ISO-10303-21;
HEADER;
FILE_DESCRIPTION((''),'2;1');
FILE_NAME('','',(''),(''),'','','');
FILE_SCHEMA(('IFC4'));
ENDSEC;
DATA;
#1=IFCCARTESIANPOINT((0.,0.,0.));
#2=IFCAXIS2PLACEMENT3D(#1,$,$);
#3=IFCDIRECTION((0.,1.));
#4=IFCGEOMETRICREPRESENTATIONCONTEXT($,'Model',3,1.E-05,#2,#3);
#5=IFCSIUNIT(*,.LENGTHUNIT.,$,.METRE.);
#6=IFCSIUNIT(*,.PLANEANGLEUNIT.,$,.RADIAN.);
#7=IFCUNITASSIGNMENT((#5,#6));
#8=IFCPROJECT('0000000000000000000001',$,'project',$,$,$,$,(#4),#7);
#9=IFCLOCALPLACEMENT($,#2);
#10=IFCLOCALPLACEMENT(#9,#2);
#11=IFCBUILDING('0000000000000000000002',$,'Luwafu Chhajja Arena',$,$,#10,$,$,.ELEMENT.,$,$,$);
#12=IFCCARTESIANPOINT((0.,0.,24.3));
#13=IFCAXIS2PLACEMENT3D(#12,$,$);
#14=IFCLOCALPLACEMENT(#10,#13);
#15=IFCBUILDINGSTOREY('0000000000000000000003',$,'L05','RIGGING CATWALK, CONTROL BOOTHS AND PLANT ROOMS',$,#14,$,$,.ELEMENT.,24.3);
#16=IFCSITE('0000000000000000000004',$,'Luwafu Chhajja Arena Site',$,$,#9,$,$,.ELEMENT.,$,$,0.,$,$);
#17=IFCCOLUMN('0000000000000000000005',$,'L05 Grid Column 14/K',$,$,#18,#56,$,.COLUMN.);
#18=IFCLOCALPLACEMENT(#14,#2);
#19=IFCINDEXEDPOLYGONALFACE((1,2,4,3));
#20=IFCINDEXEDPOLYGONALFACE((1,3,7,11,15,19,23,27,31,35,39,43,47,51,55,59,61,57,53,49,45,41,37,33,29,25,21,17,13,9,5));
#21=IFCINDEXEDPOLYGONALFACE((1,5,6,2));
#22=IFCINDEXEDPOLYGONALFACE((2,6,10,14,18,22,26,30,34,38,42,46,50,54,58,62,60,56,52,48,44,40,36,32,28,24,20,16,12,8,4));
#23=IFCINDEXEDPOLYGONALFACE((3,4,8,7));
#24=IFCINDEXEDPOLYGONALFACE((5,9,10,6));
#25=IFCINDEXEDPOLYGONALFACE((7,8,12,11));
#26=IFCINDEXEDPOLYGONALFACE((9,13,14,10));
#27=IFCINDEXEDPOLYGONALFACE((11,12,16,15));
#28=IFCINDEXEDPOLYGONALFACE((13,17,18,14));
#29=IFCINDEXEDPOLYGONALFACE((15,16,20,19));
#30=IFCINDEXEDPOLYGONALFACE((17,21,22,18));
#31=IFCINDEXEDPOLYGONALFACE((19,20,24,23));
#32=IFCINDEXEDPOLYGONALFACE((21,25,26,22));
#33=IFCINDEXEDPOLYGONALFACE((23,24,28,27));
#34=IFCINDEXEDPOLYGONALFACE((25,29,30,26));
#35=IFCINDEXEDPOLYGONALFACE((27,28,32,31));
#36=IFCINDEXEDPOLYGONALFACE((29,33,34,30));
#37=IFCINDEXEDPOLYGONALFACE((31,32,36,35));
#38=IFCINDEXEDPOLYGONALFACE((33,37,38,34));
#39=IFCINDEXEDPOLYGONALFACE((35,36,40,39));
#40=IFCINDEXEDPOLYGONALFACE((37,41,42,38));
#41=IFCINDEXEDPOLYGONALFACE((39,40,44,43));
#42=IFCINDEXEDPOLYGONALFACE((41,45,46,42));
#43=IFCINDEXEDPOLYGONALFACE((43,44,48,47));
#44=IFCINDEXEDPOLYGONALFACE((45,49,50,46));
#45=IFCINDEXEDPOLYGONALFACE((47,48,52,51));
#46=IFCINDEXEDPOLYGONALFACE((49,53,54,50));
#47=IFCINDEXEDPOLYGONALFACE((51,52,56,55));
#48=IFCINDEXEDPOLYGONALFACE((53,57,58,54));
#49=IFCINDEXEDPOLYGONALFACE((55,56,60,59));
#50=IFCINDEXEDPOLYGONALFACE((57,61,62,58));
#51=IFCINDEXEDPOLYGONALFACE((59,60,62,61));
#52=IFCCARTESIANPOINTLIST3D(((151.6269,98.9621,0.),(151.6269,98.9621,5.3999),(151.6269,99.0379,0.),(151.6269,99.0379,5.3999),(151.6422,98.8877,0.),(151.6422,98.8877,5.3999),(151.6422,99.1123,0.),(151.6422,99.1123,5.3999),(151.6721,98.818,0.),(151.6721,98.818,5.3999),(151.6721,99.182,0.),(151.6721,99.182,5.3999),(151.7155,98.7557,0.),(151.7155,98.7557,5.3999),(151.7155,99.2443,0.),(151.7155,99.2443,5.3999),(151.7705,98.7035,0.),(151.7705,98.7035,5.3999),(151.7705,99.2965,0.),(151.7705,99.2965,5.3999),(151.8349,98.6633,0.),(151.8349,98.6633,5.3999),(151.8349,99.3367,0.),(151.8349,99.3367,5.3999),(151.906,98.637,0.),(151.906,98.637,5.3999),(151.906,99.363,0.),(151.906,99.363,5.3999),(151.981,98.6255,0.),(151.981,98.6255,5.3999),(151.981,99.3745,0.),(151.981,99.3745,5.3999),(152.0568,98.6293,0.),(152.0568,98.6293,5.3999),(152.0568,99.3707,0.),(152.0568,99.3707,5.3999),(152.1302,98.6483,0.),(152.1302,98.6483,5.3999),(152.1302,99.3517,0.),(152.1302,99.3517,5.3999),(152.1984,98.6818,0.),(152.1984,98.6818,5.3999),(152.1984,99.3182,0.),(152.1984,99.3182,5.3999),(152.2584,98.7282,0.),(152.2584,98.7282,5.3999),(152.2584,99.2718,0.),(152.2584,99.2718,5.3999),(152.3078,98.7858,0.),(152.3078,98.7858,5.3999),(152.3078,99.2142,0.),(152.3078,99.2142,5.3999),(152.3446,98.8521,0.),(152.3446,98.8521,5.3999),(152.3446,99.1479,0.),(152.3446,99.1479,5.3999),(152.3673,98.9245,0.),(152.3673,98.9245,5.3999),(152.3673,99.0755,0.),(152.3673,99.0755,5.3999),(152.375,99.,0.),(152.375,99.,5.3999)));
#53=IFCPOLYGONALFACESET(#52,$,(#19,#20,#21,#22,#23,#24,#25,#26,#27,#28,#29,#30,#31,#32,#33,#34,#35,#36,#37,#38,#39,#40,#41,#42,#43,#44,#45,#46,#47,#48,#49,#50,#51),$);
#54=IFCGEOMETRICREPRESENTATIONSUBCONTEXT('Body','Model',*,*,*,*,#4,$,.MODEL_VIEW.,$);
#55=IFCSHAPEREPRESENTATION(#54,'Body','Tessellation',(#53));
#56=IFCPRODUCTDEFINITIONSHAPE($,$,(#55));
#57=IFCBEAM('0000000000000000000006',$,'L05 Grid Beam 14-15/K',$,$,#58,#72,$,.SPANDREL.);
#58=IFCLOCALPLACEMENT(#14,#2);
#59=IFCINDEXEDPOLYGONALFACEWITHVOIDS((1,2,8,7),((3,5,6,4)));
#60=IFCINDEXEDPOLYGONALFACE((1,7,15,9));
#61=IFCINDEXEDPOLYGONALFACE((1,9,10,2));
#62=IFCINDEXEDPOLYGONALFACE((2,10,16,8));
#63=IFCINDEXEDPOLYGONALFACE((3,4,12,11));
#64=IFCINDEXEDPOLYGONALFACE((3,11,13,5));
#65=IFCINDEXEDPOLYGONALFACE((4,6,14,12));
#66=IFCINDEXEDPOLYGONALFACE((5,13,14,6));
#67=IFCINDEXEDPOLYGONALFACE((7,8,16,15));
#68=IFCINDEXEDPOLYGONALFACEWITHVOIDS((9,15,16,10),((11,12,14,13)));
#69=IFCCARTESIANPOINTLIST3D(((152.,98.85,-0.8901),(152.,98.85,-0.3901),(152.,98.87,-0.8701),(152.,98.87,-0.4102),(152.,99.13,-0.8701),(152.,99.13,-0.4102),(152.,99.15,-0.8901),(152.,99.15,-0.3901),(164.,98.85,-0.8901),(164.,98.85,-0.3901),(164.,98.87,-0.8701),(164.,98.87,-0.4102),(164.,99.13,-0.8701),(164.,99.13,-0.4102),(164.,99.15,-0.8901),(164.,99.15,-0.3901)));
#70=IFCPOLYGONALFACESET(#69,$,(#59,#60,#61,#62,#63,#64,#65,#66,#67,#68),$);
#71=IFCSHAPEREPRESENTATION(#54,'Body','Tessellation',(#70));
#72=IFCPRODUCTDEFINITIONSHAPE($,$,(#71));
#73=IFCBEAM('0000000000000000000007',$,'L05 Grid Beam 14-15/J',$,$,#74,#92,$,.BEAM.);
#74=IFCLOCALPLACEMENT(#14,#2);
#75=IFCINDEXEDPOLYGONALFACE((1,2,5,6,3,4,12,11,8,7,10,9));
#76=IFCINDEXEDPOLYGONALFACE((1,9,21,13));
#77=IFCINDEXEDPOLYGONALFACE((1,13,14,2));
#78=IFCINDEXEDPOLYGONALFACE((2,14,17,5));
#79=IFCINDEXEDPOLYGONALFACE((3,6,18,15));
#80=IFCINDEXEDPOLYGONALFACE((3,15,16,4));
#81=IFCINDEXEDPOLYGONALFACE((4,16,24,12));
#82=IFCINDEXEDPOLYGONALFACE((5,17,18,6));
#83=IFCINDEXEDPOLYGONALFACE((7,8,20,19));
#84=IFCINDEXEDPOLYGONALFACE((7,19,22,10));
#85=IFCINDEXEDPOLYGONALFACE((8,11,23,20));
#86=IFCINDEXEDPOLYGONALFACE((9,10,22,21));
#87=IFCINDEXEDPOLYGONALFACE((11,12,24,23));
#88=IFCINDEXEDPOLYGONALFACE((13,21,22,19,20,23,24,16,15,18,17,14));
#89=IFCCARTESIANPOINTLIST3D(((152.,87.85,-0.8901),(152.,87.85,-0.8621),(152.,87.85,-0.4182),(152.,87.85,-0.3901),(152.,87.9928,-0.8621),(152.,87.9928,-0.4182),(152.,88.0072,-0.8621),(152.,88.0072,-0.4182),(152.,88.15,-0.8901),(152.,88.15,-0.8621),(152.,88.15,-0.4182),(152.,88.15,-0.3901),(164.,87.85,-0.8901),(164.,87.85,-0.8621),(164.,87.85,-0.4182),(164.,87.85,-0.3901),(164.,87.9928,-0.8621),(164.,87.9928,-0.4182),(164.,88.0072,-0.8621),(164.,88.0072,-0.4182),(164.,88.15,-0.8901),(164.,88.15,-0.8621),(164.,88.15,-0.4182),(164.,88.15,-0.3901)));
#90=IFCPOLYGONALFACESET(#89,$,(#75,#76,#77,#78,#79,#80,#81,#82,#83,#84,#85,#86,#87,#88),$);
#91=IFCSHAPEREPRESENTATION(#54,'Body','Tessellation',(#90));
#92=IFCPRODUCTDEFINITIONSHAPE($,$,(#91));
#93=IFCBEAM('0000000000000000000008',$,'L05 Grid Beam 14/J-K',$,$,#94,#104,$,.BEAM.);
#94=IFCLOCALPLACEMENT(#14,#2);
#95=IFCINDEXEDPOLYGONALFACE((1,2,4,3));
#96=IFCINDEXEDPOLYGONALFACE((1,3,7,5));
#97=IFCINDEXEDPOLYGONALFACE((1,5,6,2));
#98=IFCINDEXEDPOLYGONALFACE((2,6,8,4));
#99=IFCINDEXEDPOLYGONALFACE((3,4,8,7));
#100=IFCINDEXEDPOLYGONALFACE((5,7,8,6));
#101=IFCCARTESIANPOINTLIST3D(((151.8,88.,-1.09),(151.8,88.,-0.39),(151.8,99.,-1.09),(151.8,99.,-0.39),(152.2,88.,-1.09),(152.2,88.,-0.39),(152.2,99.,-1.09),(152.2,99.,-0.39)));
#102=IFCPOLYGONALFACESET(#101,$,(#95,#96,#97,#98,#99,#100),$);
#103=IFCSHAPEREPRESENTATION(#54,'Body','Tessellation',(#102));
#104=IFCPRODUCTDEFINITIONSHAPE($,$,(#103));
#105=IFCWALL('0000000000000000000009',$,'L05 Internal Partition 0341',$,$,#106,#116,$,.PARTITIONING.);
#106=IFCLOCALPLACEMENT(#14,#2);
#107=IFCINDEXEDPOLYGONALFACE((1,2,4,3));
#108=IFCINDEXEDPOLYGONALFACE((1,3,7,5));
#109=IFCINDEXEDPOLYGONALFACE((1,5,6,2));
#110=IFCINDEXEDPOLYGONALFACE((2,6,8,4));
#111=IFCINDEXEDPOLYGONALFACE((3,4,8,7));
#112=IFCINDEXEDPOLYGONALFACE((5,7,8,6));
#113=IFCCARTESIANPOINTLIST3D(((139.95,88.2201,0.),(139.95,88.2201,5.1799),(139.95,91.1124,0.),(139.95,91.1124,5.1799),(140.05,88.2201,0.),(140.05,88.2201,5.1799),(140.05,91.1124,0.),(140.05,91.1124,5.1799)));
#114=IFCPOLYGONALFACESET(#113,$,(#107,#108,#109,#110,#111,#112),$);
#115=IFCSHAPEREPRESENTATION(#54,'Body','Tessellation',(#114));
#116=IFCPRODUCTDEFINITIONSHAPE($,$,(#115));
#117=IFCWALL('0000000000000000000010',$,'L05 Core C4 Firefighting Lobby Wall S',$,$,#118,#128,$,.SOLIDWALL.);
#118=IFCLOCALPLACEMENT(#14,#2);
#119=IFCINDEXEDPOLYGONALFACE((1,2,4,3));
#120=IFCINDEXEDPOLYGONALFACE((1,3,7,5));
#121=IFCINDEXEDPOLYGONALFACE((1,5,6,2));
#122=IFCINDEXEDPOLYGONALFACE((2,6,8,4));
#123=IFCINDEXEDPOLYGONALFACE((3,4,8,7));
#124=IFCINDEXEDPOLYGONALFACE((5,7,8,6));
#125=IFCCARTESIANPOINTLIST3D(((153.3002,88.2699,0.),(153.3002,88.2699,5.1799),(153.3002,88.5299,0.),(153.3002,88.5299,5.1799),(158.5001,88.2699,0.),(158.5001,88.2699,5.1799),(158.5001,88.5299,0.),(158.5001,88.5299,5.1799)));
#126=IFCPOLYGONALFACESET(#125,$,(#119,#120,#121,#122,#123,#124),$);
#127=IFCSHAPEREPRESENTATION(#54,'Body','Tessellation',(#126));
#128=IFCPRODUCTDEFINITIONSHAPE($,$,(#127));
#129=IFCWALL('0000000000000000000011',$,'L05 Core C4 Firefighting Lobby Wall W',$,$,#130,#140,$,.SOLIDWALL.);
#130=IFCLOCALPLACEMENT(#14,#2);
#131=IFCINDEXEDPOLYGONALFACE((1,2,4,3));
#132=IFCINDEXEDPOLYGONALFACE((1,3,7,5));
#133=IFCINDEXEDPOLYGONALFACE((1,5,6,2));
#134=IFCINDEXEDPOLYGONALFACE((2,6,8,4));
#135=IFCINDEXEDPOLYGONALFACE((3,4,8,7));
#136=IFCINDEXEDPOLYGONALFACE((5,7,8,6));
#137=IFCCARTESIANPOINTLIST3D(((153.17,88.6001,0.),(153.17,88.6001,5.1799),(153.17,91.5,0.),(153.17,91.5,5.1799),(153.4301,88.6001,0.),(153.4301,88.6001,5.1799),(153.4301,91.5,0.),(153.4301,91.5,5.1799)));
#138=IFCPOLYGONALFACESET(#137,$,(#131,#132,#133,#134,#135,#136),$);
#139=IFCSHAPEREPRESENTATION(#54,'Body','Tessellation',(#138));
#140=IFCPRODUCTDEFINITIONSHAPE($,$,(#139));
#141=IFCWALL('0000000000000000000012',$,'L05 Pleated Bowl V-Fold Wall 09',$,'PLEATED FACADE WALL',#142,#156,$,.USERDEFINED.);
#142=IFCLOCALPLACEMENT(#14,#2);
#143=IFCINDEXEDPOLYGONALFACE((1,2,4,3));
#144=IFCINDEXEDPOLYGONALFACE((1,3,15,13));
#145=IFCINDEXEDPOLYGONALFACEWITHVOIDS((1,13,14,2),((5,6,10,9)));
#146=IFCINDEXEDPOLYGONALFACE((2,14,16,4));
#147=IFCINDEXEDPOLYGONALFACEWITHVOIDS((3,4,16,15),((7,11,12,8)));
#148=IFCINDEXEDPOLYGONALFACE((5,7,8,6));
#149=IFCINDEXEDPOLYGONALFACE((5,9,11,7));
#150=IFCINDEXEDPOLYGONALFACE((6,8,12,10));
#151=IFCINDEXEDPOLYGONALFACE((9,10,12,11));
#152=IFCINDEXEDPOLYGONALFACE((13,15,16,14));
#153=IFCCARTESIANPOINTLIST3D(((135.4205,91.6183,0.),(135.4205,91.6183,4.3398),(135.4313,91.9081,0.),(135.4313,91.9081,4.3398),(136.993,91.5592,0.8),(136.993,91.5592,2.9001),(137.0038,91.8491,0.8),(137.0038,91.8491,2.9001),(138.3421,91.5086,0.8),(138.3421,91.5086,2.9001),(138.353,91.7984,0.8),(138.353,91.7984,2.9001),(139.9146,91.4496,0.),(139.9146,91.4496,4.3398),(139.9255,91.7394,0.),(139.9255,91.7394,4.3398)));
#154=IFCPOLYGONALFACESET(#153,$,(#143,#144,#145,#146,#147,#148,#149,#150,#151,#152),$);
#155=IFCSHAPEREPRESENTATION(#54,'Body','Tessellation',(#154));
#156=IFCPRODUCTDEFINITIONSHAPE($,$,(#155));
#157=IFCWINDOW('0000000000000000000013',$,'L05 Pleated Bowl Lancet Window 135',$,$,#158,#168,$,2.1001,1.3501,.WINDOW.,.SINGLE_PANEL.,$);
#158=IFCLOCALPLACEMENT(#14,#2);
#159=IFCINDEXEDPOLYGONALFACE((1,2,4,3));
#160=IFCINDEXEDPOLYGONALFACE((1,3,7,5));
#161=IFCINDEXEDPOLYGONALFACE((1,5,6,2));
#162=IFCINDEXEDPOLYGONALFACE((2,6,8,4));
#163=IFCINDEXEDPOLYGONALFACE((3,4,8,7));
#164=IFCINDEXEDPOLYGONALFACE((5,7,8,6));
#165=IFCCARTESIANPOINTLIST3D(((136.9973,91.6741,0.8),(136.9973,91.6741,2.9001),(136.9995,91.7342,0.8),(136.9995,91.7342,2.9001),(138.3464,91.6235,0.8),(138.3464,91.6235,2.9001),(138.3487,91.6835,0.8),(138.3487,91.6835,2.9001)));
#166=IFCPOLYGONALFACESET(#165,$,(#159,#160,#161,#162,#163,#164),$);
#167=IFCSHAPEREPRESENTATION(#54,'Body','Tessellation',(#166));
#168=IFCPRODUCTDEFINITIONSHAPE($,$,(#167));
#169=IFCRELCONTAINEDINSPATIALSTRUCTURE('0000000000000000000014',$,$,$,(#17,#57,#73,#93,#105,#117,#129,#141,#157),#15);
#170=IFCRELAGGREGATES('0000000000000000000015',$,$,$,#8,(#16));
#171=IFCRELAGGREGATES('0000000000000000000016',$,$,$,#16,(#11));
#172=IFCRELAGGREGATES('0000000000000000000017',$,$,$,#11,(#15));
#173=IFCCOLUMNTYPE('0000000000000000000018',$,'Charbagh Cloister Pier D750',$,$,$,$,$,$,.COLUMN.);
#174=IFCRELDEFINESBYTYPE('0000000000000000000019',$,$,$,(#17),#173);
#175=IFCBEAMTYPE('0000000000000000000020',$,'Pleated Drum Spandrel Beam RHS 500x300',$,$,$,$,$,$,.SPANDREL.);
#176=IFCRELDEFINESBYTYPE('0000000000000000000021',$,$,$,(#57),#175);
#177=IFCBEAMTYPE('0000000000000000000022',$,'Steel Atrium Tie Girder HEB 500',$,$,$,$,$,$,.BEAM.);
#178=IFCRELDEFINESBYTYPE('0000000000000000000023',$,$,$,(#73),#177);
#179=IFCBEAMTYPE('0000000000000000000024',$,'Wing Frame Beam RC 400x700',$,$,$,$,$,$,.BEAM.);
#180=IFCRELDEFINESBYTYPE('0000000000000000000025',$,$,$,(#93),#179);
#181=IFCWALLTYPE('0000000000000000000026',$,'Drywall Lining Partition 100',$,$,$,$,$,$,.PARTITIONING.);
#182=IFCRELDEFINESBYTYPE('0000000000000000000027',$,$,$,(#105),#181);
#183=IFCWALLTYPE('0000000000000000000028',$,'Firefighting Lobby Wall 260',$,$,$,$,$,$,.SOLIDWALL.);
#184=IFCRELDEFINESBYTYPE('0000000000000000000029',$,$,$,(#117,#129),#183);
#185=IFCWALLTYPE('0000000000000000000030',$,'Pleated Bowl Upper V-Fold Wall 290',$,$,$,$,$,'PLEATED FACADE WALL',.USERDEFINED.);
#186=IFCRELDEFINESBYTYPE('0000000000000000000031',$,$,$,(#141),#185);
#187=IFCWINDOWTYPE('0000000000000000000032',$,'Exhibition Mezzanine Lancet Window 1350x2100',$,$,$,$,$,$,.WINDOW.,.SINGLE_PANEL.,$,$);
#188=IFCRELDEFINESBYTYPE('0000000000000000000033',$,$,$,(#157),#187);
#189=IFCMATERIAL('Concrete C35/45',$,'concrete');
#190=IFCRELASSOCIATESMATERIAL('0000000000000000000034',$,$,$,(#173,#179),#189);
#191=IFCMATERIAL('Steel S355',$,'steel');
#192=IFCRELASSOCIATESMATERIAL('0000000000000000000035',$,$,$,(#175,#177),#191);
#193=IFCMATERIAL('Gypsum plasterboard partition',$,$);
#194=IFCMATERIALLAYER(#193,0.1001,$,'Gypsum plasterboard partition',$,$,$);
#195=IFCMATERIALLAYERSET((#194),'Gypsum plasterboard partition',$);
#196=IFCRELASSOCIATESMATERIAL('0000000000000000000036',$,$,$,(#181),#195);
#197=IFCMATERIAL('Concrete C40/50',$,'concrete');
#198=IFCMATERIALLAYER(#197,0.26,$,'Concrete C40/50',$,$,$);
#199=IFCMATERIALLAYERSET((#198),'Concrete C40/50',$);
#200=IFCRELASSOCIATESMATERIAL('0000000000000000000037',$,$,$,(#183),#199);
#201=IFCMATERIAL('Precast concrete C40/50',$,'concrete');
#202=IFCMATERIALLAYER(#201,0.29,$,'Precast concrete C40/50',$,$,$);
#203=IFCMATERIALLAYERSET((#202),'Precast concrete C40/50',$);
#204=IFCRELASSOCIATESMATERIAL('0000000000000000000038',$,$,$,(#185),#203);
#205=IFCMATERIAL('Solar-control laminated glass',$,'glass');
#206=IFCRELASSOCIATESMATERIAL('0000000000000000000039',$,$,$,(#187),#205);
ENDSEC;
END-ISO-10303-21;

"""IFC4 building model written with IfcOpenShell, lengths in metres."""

from ifc_helpers import new_model, si_unit, direction, frame, frame_2d, origin, origin_2d, place, context, subcontext, project, spatial, rectangle, hollow_rectangle, circle, i_section, extrude, material, layer, layer_set, material_profile, profile_set, type_object, element, fill, save


model = new_model("IFC4")

# Units and contexts
model_context = context("Model", 3, precision=1e-05, world=origin(), true_north=direction((0.0, 1.0)))
body_context = subcontext(model_context, "Body", "Model", "MODEL_VIEW")
ifc_project = project(units=[si_unit("LENGTHUNIT", "METRE"), si_unit("PLANEANGLEUNIT", "RADIAN")], contexts=[model_context])

# Site, building, storey
site_placement = place(None, origin())
site = spatial("IfcSite", under=ifc_project, at=site_placement, Name="Luwafu Chhajja Arena Site", CompositionType="ELEMENT", RefElevation=0.0)
building_placement = place(site_placement, origin())
building = spatial("IfcBuilding", under=site, at=building_placement, Name="Luwafu Chhajja Arena", CompositionType="ELEMENT")
storey_placement = place(building_placement, frame((0.0, 0.0, 24.3)))
storey = spatial("IfcBuildingStorey", under=building, at=storey_placement, Name="L05", Description="RIGGING CATWALK, CONTROL BOOTHS AND PLANT ROOMS", CompositionType="ELEMENT", Elevation=24.3)

# Column
ifc_material_1 = material(Name="Concrete C35/45", Category="concrete")
ifc_material_profile_1 = material_profile(ifc_material_1, circle(Radius=0.375, at=origin_2d()), Name="RC COL D750")
ifc_profile_set_1 = profile_set([ifc_material_profile_1], Name="Concrete C35/45")
column_type = type_object("IfcColumnType", Name="Charbagh Cloister Pier D750", PredefinedType="COLUMN", material=ifc_profile_set_1)
column_placement = place(storey_placement, frame((152.0, 99.0, 0.0), z_axis=(0.0, 0.0, 1.0), x_axis=(1.0, 0.0, 0.0)))
element("IfcColumn", 1, at=column_placement, inside=storey, type_object=column_type, Name="L05 Grid Column 14/K", PredefinedType="COLUMN", context=body_context, shape_type="SweptSolid", body=[
    extrude(circle(Radius=0.375, at=origin_2d()), origin(), (0.0, 0.0, 1.0), 5.3999),
])

# Beams
ifc_material_2 = material(Name="Steel S355", Category="steel")
ifc_material_profile_2 = material_profile(ifc_material_2, hollow_rectangle(XDim=0.3, YDim=0.5, WallThickness=0.02, at=origin_2d()), Name="RHS 500x300x20")
ifc_profile_set_2 = profile_set([ifc_material_profile_2], Name="Steel S355")
beam_type_1 = type_object("IfcBeamType", Name="Pleated Drum Spandrel Beam RHS 500x300", PredefinedType="SPANDREL", material=ifc_profile_set_2)
beam_1_placement = place(storey_placement, frame((152.0, 99.0, -0.6401), z_axis=(1.0, 0.0, 0.0), x_axis=(0.0, 1.0, 0.0)))
element("IfcBeam", 2, at=beam_1_placement, inside=storey, type_object=beam_type_1, Name="L05 Grid Beam 14-15/K", PredefinedType="SPANDREL", context=body_context, shape_type="SweptSolid", body=[
    extrude(hollow_rectangle(XDim=0.3, YDim=0.5, WallThickness=0.02, at=origin_2d()), origin(), (0.0, 0.0, 1.0), 12.0),
])
ifc_material_profile_3 = material_profile(ifc_material_2, i_section(OverallWidth=0.3, OverallDepth=0.5, WebThickness=0.0144, FlangeThickness=0.0281, at=origin_2d()), Name="HEB 500")
ifc_profile_set_3 = profile_set([ifc_material_profile_3], Name="Steel S355")
beam_type_2 = type_object("IfcBeamType", Name="Steel Atrium Tie Girder HEB 500", PredefinedType="BEAM", material=ifc_profile_set_3)
beam_2_placement = place(storey_placement, frame((152.0, 88.0, -0.6401), z_axis=(1.0, 0.0, 0.0), x_axis=(0.0, 1.0, 0.0)))
element("IfcBeam", 3, at=beam_2_placement, inside=storey, type_object=beam_type_2, Name="L05 Grid Beam 14-15/J", PredefinedType="BEAM", context=body_context, shape_type="SweptSolid", body=[
    extrude(i_section(OverallWidth=0.3, OverallDepth=0.5, WebThickness=0.0144, FlangeThickness=0.0281, at=origin_2d()), origin(), (0.0, 0.0, 1.0), 12.0),
])
ifc_material_profile_4 = material_profile(ifc_material_1, rectangle(XDim=0.3999, YDim=0.7, at=origin_2d()), Name="RC 400x700")
ifc_profile_set_4 = profile_set([ifc_material_profile_4], Name="Concrete C35/45")
beam_type_3 = type_object("IfcBeamType", Name="Wing Frame Beam RC 400x700", PredefinedType="BEAM", material=ifc_profile_set_4)
beam_3_placement = place(storey_placement, frame((152.0, 88.0, -0.74), z_axis=(0.0, 1.0, 0.0), x_axis=(-1.0, 0.0, 0.0)))
element("IfcBeam", 4, at=beam_3_placement, inside=storey, type_object=beam_type_3, Name="L05 Grid Beam 14/J-K", PredefinedType="BEAM", context=body_context, shape_type="SweptSolid", body=[
    extrude(rectangle(XDim=0.3999, YDim=0.7, at=origin_2d()), origin(), (0.0, 0.0, 1.0), 11.0),
])

# Walls
ifc_material_3 = material(Name="Gypsum plasterboard partition")
ifc_layer_1 = layer(ifc_material_3, 0.1001, Name="Gypsum plasterboard partition")
ifc_layer_set_1 = layer_set([ifc_layer_1], Name="Gypsum plasterboard partition")
wall_type_1 = type_object("IfcWallType", Name="Drywall Lining Partition 100", PredefinedType="PARTITIONING", material=ifc_layer_set_1)
wall_1_placement = place(storey_placement, frame((140.0, 88.22, 0.0), z_axis=(0.0, 0.0, 1.0), x_axis=(0.0, 1.0, 0.0)))
element("IfcWall", 5, at=wall_1_placement, inside=storey, type_object=wall_type_1, Name="L05 Internal Partition 0341", PredefinedType="PARTITIONING", context=body_context, shape_type="SweptSolid", body=[
    extrude(rectangle(XDim=2.8923, YDim=0.1001, at=frame_2d((1.4463, 0.0))), origin(), (0.0, 0.0, 1.0), 5.1799),
])
ifc_material_4 = material(Name="Concrete C40/50", Category="concrete")
ifc_layer_2 = layer(ifc_material_4, 0.26, Name="Concrete C40/50")
ifc_layer_set_2 = layer_set([ifc_layer_2], Name="Concrete C40/50")
wall_type_2 = type_object("IfcWallType", Name="Firefighting Lobby Wall 260", PredefinedType="SOLIDWALL", material=ifc_layer_set_2)
wall_2_placement = place(storey_placement, frame((153.3, 88.3999, 0.0), z_axis=(0.0, 0.0, 1.0), x_axis=(1.0, 0.0, 0.0)))
element("IfcWall", 6, at=wall_2_placement, inside=storey, type_object=wall_type_2, Name="L05 Core C4 Firefighting Lobby Wall S", PredefinedType="SOLIDWALL", context=body_context, shape_type="SweptSolid", body=[
    extrude(rectangle(XDim=5.2, YDim=0.26, at=frame_2d((2.6001, 0.0))), origin(), (0.0, 0.0, 1.0), 5.1799),
])
wall_3_placement = place(storey_placement, frame((153.3, 88.6001, 0.0), z_axis=(0.0, 0.0, 1.0), x_axis=(0.0, 1.0, 0.0)))
element("IfcWall", 7, at=wall_3_placement, inside=storey, type_object=wall_type_2, Name="L05 Core C4 Firefighting Lobby Wall W", PredefinedType="SOLIDWALL", context=body_context, shape_type="SweptSolid", body=[
    extrude(rectangle(XDim=2.8999, YDim=0.26, at=frame_2d((1.45, 0.0))), origin(), (0.0, 0.0, 1.0), 5.1799),
])

# Wall, opening, window
ifc_material_5 = material(Name="Precast concrete C40/50", Category="concrete")
ifc_layer_3 = layer(ifc_material_5, 0.29, Name="Precast concrete C40/50")
ifc_layer_set_3 = layer_set([ifc_layer_3], Name="Precast concrete C40/50")
wall_type_3 = type_object("IfcWallType", Name="Pleated Bowl Upper V-Fold Wall 290", ElementType="PLEATED FACADE WALL", PredefinedType="USERDEFINED", material=ifc_layer_set_3)
wall_4_placement = place(storey_placement, frame((139.9199, 91.5945, 0.0), z_axis=(0.0, 0.0, 1.0), x_axis=(-0.999296, 0.037512, 0.0)))
wall_4 = element("IfcWall", 8, at=wall_4_placement, inside=storey, type_object=wall_type_3, Name="L05 Pleated Bowl V-Fold Wall 09", ObjectType="PLEATED FACADE WALL", PredefinedType="USERDEFINED", context=body_context, shape_type="SweptSolid", body=[
    extrude(rectangle(XDim=4.4973, YDim=0.29, at=frame_2d((2.2485, 0.0))), origin(), (0.0, 0.0, 1.0), 4.3398),
])
opening_1_placement = place(wall_4_placement, frame((1.5735, 0.0, 0.8)))
opening_1 = element("IfcOpeningElement", 9, at=opening_1_placement, cuts=wall_4, PredefinedType="OPENING", context=body_context, shape_type="SweptSolid", body=[
    extrude(rectangle(XDim=1.3501, YDim=2.1001, at=frame_2d((0.675, 1.05))), frame((0.0, 0.155, 0.0), z_axis=(0.0, -1.0, 0.0), x_axis=(1.0, 0.0, 0.0)), (0.0, 0.0, 1.0), 0.3101),
])
ifc_material_6 = material(Name="Solar-control laminated glass", Category="glass")
window_type_1 = type_object("IfcWindowType", Name="Exhibition Mezzanine Lancet Window 1350x2100", PartitioningType="SINGLE_PANEL", PredefinedType="WINDOW", material=ifc_material_6)
window_1_placement = place(opening_1_placement, origin())
window_1 = element("IfcWindow", 10, at=window_1_placement, inside=storey, type_object=window_type_1, Name="L05 Pleated Bowl Lancet Window 135", OverallHeight=2.1001, OverallWidth=1.3501, PartitioningType="SINGLE_PANEL", PredefinedType="WINDOW", context=body_context, shape_type="SweptSolid", body=[
    extrude(rectangle(XDim=1.3501, YDim=2.1001, at=frame_2d((0.675, 1.05))), frame((0.0, 0.03, 0.0), z_axis=(0.0, -1.0, 0.0), x_axis=(1.0, 0.0, 0.0)), (0.0, 0.0, 1.0), 0.0601),
])
fill(opening_1, window_1)

save(model, "model.ifc")
